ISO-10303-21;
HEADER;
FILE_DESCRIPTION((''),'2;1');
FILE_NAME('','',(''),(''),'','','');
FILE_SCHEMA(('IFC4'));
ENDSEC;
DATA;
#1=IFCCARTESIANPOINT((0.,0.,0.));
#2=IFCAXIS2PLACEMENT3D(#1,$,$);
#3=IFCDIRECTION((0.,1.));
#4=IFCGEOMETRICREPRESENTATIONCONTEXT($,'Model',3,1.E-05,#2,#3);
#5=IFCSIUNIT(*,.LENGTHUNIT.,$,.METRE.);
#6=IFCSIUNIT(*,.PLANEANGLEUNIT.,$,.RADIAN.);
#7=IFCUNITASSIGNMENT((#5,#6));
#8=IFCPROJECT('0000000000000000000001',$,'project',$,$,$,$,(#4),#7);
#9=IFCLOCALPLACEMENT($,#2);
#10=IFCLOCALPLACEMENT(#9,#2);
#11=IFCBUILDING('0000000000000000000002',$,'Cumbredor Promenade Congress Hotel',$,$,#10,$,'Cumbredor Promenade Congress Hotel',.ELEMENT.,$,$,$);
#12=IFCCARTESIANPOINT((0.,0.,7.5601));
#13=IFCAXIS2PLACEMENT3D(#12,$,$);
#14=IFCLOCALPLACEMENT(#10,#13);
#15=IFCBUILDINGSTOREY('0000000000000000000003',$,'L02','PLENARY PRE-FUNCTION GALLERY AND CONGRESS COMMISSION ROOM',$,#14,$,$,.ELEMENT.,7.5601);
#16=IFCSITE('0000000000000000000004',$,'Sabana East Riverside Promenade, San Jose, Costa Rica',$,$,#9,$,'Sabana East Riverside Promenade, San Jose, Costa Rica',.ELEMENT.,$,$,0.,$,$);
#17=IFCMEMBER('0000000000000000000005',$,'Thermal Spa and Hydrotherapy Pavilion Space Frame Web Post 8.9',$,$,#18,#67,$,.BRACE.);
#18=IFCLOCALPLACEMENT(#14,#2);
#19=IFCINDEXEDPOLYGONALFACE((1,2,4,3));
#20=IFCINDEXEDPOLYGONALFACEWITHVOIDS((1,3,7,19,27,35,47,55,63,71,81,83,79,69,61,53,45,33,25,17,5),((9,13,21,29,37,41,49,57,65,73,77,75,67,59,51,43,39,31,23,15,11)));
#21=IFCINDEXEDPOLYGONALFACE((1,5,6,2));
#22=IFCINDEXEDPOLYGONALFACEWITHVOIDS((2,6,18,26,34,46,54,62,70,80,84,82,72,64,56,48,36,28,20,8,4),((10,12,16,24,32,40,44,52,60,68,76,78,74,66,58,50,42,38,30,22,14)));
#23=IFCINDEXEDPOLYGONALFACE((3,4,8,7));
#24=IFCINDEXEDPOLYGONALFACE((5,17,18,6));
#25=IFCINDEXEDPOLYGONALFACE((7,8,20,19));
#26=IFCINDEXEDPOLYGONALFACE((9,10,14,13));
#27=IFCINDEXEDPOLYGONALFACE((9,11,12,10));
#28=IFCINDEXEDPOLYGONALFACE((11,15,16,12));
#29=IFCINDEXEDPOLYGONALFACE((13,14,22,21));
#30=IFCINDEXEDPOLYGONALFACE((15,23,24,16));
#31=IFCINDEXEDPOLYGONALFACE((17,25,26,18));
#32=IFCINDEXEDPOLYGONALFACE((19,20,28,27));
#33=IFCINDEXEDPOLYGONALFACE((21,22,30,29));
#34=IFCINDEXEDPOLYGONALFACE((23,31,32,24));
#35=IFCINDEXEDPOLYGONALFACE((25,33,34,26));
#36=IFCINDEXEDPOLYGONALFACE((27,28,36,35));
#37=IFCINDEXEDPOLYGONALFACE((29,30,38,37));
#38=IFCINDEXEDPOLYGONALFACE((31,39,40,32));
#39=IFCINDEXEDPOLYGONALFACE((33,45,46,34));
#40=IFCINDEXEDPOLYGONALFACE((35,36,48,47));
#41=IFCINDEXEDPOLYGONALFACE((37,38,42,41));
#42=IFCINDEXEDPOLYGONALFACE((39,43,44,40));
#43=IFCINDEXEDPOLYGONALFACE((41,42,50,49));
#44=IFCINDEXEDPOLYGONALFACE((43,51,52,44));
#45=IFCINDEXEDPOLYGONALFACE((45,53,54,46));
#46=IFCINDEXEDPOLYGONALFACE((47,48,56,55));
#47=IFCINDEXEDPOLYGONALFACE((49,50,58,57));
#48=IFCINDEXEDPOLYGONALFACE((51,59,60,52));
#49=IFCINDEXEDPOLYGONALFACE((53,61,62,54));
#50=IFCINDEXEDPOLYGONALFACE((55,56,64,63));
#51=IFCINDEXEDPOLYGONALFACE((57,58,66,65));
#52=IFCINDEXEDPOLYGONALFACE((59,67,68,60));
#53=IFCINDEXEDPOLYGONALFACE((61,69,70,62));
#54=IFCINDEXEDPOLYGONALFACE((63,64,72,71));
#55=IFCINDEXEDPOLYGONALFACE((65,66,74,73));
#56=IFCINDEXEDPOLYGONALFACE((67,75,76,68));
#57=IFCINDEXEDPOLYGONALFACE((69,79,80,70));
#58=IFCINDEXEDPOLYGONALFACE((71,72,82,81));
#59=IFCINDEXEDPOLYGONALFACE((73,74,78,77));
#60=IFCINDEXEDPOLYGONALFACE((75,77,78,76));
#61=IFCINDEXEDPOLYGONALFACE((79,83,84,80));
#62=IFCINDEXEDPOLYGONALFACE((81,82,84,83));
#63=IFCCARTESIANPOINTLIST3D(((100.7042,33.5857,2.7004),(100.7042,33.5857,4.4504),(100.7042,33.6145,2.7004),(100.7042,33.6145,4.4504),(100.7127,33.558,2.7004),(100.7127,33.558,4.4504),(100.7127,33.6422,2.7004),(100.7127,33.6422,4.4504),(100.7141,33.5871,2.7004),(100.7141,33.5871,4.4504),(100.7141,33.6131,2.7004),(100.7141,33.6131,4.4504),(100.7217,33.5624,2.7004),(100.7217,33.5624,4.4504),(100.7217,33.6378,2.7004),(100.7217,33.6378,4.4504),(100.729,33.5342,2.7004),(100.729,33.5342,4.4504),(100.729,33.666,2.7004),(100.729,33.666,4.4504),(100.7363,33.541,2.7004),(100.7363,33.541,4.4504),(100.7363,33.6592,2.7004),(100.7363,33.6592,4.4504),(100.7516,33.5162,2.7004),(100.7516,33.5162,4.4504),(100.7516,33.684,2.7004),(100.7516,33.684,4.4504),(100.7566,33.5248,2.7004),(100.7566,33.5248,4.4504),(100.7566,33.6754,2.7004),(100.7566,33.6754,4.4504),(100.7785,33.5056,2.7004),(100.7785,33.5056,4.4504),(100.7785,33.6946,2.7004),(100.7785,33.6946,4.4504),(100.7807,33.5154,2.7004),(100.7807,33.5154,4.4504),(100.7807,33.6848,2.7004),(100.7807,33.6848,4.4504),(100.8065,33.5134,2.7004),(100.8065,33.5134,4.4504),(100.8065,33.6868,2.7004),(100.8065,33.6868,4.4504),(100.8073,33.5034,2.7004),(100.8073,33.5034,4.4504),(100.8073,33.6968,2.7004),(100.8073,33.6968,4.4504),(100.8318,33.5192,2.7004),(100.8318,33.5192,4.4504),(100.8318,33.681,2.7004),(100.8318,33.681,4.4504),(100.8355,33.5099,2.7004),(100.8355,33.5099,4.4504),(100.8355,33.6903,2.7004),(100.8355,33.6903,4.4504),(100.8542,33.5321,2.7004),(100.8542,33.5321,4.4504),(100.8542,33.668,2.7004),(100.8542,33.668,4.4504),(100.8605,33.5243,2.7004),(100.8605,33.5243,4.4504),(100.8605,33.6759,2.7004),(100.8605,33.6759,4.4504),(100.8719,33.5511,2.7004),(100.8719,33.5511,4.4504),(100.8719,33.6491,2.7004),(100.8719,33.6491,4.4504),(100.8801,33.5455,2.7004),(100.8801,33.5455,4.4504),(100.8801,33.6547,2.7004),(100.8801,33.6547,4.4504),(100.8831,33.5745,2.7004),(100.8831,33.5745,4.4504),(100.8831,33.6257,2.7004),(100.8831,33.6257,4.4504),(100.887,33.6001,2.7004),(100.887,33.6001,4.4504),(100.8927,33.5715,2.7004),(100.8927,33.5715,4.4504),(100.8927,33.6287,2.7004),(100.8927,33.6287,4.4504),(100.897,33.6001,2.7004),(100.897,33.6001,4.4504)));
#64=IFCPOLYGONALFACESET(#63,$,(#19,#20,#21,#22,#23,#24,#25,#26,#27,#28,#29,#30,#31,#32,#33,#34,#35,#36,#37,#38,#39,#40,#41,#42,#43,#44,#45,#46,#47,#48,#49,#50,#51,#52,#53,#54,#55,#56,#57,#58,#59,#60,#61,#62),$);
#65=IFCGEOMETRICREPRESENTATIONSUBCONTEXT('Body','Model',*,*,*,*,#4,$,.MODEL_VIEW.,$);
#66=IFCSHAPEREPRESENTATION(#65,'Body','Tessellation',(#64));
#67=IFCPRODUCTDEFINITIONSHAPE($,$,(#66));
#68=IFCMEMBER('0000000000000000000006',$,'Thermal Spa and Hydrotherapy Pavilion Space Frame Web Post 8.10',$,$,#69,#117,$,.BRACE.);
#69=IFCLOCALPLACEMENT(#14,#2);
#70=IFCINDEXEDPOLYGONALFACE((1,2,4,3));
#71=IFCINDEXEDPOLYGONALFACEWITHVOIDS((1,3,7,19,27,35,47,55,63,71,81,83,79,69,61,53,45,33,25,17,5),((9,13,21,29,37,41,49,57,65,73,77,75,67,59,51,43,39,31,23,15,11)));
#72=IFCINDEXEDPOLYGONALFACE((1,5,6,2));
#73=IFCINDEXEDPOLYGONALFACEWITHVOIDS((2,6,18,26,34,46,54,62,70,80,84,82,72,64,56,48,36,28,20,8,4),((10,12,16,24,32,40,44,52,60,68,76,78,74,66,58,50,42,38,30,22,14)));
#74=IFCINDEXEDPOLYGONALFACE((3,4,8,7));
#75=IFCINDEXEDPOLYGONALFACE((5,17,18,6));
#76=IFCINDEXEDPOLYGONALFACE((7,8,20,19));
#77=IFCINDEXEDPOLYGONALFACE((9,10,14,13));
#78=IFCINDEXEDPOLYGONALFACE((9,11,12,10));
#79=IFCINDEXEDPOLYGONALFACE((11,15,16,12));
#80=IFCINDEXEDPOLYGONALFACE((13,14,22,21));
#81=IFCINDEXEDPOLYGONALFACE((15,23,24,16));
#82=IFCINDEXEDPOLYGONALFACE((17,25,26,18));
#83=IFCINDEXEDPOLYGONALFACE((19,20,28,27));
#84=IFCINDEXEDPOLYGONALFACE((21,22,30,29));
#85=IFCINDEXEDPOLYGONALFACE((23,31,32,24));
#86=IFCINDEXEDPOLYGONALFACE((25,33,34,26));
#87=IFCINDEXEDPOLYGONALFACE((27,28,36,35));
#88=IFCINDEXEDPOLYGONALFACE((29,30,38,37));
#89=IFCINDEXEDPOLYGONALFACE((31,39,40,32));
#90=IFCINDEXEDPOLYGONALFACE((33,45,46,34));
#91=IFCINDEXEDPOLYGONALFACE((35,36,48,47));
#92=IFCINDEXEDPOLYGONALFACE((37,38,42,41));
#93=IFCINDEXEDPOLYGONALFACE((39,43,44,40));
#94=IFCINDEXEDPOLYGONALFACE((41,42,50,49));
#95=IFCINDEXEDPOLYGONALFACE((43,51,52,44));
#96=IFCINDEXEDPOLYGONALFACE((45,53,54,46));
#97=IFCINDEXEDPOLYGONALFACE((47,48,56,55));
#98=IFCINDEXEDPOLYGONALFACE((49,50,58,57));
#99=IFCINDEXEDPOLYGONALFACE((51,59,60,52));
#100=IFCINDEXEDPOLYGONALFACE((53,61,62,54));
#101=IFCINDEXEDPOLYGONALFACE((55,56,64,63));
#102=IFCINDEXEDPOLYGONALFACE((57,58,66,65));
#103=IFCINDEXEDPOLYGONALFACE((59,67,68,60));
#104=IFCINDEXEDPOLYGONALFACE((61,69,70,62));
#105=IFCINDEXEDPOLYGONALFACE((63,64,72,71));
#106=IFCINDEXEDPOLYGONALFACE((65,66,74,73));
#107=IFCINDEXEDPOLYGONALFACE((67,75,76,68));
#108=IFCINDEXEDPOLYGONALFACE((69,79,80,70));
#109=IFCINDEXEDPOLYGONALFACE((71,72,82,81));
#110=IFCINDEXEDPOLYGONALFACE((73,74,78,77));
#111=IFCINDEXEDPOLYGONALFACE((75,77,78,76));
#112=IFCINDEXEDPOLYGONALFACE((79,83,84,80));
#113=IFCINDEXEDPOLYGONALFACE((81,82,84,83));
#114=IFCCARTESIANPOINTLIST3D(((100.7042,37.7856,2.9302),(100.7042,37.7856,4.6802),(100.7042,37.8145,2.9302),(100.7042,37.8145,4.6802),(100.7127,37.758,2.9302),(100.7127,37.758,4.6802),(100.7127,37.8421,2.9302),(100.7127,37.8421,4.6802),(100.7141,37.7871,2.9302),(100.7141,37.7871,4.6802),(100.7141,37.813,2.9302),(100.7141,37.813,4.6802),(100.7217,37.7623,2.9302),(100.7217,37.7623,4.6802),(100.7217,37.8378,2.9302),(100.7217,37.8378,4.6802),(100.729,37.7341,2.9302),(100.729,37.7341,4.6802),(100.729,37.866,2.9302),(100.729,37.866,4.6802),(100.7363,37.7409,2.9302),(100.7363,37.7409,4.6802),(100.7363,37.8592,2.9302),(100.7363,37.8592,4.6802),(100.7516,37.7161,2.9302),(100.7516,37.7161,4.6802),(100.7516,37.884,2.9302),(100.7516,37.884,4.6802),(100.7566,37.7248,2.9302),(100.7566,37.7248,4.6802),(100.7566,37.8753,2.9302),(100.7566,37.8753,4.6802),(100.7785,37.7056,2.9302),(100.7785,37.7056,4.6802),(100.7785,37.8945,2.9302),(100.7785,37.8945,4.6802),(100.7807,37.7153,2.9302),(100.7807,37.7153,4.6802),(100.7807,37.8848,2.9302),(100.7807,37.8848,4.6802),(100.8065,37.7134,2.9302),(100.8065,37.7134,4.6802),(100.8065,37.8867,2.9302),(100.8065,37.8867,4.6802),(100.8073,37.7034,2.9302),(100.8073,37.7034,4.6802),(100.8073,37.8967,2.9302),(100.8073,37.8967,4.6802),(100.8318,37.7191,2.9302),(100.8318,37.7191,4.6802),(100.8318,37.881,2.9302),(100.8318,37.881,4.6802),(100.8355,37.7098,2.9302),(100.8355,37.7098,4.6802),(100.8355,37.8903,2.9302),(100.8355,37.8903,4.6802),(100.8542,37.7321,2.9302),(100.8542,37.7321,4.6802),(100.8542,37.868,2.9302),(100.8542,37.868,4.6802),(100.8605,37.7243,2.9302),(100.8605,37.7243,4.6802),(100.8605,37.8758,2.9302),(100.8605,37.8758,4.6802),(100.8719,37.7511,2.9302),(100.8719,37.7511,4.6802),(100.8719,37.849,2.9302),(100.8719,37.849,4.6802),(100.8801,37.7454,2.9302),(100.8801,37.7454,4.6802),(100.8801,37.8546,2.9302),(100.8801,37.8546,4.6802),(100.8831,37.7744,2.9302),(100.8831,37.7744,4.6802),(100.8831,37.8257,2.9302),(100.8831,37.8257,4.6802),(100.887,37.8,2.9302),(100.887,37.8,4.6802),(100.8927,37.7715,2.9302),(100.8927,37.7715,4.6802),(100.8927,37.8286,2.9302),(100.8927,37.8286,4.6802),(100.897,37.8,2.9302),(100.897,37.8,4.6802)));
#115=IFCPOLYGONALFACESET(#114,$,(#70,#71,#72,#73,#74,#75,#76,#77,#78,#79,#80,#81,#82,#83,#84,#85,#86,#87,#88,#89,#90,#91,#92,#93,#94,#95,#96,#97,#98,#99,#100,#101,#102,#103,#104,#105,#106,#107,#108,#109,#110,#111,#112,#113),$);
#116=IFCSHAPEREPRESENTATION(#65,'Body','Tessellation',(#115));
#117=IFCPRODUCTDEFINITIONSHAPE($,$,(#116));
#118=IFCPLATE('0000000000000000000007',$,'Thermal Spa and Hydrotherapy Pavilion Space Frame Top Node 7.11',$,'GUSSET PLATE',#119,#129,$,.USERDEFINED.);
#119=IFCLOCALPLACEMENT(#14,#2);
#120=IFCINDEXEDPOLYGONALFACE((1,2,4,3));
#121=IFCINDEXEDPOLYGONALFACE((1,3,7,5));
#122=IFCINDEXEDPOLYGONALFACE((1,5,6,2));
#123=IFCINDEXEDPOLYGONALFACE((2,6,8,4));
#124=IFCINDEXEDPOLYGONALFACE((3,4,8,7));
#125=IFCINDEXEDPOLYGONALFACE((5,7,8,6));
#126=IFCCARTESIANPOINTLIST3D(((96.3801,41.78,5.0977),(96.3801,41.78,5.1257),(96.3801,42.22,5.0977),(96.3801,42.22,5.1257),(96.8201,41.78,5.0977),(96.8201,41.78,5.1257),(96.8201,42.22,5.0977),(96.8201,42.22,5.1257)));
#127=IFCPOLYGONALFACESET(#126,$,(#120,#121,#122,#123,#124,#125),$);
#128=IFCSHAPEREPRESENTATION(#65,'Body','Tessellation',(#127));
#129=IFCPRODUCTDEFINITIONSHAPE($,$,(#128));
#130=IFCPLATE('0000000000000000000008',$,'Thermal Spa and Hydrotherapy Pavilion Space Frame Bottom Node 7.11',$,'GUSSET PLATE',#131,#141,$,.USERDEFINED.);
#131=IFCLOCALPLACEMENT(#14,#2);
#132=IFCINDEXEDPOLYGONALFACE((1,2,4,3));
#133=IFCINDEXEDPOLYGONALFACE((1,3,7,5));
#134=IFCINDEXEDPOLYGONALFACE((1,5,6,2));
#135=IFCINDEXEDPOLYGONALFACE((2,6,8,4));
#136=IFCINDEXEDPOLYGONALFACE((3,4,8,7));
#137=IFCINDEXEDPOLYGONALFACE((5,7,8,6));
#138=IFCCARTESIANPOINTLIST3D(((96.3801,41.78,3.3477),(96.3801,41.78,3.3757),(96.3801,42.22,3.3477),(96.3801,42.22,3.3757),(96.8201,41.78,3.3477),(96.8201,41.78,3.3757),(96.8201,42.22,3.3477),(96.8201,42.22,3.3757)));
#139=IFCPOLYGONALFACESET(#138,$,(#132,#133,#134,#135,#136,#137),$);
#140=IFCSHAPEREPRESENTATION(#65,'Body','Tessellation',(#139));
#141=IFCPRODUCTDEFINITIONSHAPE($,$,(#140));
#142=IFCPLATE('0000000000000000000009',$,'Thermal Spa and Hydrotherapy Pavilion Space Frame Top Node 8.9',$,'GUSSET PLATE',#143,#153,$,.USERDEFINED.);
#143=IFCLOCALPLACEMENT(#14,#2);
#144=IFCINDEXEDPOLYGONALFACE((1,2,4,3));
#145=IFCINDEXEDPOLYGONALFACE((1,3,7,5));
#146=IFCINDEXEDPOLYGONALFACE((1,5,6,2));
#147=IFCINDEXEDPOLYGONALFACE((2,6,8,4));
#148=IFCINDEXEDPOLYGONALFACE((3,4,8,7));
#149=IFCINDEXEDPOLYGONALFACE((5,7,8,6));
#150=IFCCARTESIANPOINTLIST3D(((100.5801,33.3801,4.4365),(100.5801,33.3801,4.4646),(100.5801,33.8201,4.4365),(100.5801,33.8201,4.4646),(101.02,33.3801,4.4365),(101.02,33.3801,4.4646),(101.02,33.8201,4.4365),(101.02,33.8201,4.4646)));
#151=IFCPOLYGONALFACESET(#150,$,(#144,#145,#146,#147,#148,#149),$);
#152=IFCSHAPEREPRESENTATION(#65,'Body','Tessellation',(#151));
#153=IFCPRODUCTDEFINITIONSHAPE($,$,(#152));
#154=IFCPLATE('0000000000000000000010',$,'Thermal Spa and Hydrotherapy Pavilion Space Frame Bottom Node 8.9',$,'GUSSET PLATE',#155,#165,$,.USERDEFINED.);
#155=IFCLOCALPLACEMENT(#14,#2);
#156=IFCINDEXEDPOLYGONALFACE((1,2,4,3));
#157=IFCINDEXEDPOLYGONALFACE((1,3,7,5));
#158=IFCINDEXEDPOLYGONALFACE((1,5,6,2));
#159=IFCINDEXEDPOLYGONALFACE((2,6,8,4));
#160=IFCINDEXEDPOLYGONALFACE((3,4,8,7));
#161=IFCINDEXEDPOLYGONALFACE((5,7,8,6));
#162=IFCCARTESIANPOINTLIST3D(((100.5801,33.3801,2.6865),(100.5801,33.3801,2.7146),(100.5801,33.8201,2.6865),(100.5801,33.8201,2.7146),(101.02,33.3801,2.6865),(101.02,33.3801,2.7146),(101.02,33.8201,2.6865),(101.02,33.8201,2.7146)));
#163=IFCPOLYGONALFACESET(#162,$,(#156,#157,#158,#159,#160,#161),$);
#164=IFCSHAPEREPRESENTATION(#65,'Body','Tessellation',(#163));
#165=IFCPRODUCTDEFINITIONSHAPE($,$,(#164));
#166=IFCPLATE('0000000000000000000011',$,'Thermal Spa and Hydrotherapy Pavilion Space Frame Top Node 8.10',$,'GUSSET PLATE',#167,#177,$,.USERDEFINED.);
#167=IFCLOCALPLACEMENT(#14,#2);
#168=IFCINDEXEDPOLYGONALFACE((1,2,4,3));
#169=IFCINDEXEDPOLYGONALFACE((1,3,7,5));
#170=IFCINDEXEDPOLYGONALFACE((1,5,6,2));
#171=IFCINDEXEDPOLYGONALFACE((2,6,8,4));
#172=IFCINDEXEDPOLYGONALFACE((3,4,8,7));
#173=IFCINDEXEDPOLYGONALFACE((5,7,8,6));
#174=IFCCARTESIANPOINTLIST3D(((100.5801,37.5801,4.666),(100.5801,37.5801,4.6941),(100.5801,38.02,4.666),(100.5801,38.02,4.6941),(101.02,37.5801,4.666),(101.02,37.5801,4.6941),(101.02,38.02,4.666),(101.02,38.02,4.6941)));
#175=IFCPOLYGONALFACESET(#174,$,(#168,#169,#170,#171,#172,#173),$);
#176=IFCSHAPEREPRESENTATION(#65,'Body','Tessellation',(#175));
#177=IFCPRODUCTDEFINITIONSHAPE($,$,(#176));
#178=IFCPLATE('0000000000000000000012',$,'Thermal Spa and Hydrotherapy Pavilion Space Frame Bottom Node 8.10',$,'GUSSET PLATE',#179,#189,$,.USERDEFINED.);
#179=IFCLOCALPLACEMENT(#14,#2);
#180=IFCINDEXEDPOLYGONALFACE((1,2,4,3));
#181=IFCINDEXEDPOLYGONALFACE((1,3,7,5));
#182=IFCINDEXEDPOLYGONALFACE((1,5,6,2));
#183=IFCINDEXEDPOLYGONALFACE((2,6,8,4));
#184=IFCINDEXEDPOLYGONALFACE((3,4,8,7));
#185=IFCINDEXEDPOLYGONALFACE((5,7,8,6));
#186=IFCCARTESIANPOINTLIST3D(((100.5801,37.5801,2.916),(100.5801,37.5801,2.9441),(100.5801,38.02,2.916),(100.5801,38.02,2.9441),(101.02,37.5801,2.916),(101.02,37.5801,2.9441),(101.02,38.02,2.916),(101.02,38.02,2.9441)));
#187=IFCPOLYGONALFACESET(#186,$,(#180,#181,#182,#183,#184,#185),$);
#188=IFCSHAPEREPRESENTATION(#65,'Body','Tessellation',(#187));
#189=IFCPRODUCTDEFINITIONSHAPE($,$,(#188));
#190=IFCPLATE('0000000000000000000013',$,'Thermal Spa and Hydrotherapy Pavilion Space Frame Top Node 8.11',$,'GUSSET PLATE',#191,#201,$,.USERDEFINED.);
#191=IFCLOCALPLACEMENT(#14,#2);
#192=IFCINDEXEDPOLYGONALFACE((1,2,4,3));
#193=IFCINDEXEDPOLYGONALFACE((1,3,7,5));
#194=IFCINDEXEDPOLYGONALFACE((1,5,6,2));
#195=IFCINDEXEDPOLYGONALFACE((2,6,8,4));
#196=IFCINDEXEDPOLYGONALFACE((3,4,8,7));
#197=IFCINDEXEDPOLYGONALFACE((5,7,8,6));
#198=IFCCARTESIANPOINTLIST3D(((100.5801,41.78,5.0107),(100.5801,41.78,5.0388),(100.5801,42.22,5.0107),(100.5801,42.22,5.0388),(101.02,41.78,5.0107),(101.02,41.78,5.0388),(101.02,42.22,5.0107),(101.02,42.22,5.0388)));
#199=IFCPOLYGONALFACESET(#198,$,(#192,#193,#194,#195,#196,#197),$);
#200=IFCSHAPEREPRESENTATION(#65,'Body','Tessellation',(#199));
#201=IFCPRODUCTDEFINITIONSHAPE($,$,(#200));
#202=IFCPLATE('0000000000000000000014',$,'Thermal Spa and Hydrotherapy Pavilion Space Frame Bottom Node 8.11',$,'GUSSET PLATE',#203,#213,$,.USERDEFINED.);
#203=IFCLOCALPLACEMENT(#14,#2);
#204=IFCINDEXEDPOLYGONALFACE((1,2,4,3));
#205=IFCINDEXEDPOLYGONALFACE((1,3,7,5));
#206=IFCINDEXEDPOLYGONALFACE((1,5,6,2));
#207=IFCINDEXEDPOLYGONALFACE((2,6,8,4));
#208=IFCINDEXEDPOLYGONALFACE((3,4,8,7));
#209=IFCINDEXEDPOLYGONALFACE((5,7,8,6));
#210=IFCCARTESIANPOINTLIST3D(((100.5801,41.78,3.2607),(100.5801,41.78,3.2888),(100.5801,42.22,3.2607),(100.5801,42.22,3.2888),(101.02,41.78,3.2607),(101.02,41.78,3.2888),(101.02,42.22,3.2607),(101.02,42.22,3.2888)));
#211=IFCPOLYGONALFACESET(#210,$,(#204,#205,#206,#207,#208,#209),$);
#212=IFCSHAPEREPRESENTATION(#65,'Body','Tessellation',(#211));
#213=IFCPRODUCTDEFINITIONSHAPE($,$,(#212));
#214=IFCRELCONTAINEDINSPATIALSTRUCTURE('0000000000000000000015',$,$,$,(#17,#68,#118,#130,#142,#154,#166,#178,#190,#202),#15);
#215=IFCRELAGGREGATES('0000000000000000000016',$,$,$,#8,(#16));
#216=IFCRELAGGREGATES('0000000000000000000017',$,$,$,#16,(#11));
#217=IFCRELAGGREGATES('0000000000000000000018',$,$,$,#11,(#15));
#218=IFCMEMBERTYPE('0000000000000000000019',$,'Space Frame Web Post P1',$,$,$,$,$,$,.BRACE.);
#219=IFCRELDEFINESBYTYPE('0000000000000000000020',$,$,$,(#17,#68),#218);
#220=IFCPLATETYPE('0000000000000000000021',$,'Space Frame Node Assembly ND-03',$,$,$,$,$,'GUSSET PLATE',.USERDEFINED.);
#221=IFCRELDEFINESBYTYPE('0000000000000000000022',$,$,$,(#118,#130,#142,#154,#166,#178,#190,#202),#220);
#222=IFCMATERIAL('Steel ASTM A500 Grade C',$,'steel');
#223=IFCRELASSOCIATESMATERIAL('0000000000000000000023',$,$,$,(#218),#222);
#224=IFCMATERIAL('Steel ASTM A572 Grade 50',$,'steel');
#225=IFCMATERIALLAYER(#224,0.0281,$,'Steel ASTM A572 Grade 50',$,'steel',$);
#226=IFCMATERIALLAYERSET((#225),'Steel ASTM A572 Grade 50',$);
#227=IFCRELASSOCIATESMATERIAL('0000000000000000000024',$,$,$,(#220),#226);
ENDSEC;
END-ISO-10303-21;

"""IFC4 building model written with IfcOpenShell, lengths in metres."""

from ifc_helpers import new_model, si_unit, direction, frame, origin, origin_2d, place, context, subcontext, project, spatial, rectangle, hollow_circle, extrude, material, layer, layer_set, material_profile, profile_set, type_object, element, save


model = new_model("IFC4")

# Units and contexts
model_context = context("Model", 3, precision=1e-05, world=origin(), true_north=direction((0.0, 1.0)))
body_context = subcontext(model_context, "Body", "Model", "MODEL_VIEW")
ifc_project = project(units=[si_unit("LENGTHUNIT", "METRE"), si_unit("PLANEANGLEUNIT", "RADIAN")], contexts=[model_context])

# Site, building, storey
site_placement = place(None, origin())
site = spatial("IfcSite", under=ifc_project, at=site_placement, Name="Sabana East Riverside Promenade, San Jose, Costa Rica", LongName="Sabana East Riverside Promenade, San Jose, Costa Rica", CompositionType="ELEMENT", RefElevation=0.0)
building_placement = place(site_placement, origin())
building = spatial("IfcBuilding", under=site, at=building_placement, Name="Cumbredor Promenade Congress Hotel", LongName="Cumbredor Promenade Congress Hotel", CompositionType="ELEMENT")
storey_placement = place(building_placement, frame((0.0, 0.0, 7.5601)))
storey = spatial("IfcBuildingStorey", under=building, at=storey_placement, Name="L02", Description="PLENARY PRE-FUNCTION GALLERY AND CONGRESS COMMISSION ROOM", CompositionType="ELEMENT", Elevation=7.5601)

# Members
ifc_material_1 = material(Name="Steel ASTM A500 Grade C", Category="steel")
ifc_material_profile_1 = material_profile(ifc_material_1, hollow_circle(Radius=0.0969, WallThickness=0.01, at=origin_2d()), Name="CHS 193.7x10")
ifc_profile_set_1 = profile_set([ifc_material_profile_1], Name="Steel ASTM A500 Grade C")
member_type_1 = type_object("IfcMemberType", Name="Space Frame Web Post P1", PredefinedType="BRACE", material=ifc_profile_set_1)
for number, where, z_axis, x_axis, name in (
    (1, (100.8, 33.6001, 2.7004), (0.0, 0.0, 1.0), (1.0, 0.0, 0.0), "Thermal Spa and Hydrotherapy Pavilion Space Frame Web Post 8.9"),
    (2, (100.8, 37.8, 2.9302), (0.0, 0.0, 1.0), (1.0, 0.0, 0.0), "Thermal Spa and Hydrotherapy Pavilion Space Frame Web Post 8.10"),
):
    element("IfcMember", number, at=place(storey_placement, frame(where, z_axis=z_axis, x_axis=x_axis)), inside=storey, type_object=member_type_1, Name=name, PredefinedType="BRACE", context=body_context, shape_type="SweptSolid", body=[
        extrude(hollow_circle(Radius=0.0969, WallThickness=0.01, at=origin_2d()), origin(), (0.0, 0.0, 1.0), 1.75),
    ])

# Plates
ifc_material_2 = material(Name="Steel ASTM A572 Grade 50", Category="steel")
ifc_layer = layer(ifc_material_2, 0.0281, Name="Steel ASTM A572 Grade 50", Category="steel")
ifc_layer_set = layer_set([ifc_layer], Name="Steel ASTM A572 Grade 50")
plate_type = type_object("IfcPlateType", Name="Space Frame Node Assembly ND-03", ElementType="GUSSET PLATE", PredefinedType="USERDEFINED", material=ifc_layer_set)
for number, where, z_axis, x_axis, name in (
    (3, (96.6001, 42.0, 5.0977), (0.0, 0.0, 1.0), (1.0, 0.0, 0.0), "Thermal Spa and Hydrotherapy Pavilion Space Frame Top Node 7.11"),
    (4, (96.6001, 42.0, 3.3477), (0.0, 0.0, 1.0), (1.0, 0.0, 0.0), "Thermal Spa and Hydrotherapy Pavilion Space Frame Bottom Node 7.11"),
    (5, (100.8, 33.6001, 4.4365), (0.0, 0.0, 1.0), (1.0, 0.0, 0.0), "Thermal Spa and Hydrotherapy Pavilion Space Frame Top Node 8.9"),
    (6, (100.8, 33.6001, 2.6865), (0.0, 0.0, 1.0), (1.0, 0.0, 0.0), "Thermal Spa and Hydrotherapy Pavilion Space Frame Bottom Node 8.9"),
    (7, (100.8, 37.8, 4.666), (0.0, 0.0, 1.0), (1.0, 0.0, 0.0), "Thermal Spa and Hydrotherapy Pavilion Space Frame Top Node 8.10"),
    (8, (100.8, 37.8, 2.916), (0.0, 0.0, 1.0), (1.0, 0.0, 0.0), "Thermal Spa and Hydrotherapy Pavilion Space Frame Bottom Node 8.10"),
    (9, (100.8, 42.0, 5.0107), (0.0, 0.0, 1.0), (1.0, 0.0, 0.0), "Thermal Spa and Hydrotherapy Pavilion Space Frame Top Node 8.11"),
    (10, (100.8, 42.0, 3.2607), (0.0, 0.0, 1.0), (1.0, 0.0, 0.0), "Thermal Spa and Hydrotherapy Pavilion Space Frame Bottom Node 8.11"),
):
    element("IfcPlate", number, at=place(storey_placement, frame(where, z_axis=z_axis, x_axis=x_axis)), inside=storey, type_object=plate_type, Name=name, ObjectType="GUSSET PLATE", PredefinedType="USERDEFINED", context=body_context, shape_type="SweptSolid", body=[
        extrude(rectangle(XDim=0.4399, YDim=0.4399, at=origin_2d()), origin(), (0.0, 0.0, 1.0), 0.0281),
    ])

save(model, "model.ifc")
